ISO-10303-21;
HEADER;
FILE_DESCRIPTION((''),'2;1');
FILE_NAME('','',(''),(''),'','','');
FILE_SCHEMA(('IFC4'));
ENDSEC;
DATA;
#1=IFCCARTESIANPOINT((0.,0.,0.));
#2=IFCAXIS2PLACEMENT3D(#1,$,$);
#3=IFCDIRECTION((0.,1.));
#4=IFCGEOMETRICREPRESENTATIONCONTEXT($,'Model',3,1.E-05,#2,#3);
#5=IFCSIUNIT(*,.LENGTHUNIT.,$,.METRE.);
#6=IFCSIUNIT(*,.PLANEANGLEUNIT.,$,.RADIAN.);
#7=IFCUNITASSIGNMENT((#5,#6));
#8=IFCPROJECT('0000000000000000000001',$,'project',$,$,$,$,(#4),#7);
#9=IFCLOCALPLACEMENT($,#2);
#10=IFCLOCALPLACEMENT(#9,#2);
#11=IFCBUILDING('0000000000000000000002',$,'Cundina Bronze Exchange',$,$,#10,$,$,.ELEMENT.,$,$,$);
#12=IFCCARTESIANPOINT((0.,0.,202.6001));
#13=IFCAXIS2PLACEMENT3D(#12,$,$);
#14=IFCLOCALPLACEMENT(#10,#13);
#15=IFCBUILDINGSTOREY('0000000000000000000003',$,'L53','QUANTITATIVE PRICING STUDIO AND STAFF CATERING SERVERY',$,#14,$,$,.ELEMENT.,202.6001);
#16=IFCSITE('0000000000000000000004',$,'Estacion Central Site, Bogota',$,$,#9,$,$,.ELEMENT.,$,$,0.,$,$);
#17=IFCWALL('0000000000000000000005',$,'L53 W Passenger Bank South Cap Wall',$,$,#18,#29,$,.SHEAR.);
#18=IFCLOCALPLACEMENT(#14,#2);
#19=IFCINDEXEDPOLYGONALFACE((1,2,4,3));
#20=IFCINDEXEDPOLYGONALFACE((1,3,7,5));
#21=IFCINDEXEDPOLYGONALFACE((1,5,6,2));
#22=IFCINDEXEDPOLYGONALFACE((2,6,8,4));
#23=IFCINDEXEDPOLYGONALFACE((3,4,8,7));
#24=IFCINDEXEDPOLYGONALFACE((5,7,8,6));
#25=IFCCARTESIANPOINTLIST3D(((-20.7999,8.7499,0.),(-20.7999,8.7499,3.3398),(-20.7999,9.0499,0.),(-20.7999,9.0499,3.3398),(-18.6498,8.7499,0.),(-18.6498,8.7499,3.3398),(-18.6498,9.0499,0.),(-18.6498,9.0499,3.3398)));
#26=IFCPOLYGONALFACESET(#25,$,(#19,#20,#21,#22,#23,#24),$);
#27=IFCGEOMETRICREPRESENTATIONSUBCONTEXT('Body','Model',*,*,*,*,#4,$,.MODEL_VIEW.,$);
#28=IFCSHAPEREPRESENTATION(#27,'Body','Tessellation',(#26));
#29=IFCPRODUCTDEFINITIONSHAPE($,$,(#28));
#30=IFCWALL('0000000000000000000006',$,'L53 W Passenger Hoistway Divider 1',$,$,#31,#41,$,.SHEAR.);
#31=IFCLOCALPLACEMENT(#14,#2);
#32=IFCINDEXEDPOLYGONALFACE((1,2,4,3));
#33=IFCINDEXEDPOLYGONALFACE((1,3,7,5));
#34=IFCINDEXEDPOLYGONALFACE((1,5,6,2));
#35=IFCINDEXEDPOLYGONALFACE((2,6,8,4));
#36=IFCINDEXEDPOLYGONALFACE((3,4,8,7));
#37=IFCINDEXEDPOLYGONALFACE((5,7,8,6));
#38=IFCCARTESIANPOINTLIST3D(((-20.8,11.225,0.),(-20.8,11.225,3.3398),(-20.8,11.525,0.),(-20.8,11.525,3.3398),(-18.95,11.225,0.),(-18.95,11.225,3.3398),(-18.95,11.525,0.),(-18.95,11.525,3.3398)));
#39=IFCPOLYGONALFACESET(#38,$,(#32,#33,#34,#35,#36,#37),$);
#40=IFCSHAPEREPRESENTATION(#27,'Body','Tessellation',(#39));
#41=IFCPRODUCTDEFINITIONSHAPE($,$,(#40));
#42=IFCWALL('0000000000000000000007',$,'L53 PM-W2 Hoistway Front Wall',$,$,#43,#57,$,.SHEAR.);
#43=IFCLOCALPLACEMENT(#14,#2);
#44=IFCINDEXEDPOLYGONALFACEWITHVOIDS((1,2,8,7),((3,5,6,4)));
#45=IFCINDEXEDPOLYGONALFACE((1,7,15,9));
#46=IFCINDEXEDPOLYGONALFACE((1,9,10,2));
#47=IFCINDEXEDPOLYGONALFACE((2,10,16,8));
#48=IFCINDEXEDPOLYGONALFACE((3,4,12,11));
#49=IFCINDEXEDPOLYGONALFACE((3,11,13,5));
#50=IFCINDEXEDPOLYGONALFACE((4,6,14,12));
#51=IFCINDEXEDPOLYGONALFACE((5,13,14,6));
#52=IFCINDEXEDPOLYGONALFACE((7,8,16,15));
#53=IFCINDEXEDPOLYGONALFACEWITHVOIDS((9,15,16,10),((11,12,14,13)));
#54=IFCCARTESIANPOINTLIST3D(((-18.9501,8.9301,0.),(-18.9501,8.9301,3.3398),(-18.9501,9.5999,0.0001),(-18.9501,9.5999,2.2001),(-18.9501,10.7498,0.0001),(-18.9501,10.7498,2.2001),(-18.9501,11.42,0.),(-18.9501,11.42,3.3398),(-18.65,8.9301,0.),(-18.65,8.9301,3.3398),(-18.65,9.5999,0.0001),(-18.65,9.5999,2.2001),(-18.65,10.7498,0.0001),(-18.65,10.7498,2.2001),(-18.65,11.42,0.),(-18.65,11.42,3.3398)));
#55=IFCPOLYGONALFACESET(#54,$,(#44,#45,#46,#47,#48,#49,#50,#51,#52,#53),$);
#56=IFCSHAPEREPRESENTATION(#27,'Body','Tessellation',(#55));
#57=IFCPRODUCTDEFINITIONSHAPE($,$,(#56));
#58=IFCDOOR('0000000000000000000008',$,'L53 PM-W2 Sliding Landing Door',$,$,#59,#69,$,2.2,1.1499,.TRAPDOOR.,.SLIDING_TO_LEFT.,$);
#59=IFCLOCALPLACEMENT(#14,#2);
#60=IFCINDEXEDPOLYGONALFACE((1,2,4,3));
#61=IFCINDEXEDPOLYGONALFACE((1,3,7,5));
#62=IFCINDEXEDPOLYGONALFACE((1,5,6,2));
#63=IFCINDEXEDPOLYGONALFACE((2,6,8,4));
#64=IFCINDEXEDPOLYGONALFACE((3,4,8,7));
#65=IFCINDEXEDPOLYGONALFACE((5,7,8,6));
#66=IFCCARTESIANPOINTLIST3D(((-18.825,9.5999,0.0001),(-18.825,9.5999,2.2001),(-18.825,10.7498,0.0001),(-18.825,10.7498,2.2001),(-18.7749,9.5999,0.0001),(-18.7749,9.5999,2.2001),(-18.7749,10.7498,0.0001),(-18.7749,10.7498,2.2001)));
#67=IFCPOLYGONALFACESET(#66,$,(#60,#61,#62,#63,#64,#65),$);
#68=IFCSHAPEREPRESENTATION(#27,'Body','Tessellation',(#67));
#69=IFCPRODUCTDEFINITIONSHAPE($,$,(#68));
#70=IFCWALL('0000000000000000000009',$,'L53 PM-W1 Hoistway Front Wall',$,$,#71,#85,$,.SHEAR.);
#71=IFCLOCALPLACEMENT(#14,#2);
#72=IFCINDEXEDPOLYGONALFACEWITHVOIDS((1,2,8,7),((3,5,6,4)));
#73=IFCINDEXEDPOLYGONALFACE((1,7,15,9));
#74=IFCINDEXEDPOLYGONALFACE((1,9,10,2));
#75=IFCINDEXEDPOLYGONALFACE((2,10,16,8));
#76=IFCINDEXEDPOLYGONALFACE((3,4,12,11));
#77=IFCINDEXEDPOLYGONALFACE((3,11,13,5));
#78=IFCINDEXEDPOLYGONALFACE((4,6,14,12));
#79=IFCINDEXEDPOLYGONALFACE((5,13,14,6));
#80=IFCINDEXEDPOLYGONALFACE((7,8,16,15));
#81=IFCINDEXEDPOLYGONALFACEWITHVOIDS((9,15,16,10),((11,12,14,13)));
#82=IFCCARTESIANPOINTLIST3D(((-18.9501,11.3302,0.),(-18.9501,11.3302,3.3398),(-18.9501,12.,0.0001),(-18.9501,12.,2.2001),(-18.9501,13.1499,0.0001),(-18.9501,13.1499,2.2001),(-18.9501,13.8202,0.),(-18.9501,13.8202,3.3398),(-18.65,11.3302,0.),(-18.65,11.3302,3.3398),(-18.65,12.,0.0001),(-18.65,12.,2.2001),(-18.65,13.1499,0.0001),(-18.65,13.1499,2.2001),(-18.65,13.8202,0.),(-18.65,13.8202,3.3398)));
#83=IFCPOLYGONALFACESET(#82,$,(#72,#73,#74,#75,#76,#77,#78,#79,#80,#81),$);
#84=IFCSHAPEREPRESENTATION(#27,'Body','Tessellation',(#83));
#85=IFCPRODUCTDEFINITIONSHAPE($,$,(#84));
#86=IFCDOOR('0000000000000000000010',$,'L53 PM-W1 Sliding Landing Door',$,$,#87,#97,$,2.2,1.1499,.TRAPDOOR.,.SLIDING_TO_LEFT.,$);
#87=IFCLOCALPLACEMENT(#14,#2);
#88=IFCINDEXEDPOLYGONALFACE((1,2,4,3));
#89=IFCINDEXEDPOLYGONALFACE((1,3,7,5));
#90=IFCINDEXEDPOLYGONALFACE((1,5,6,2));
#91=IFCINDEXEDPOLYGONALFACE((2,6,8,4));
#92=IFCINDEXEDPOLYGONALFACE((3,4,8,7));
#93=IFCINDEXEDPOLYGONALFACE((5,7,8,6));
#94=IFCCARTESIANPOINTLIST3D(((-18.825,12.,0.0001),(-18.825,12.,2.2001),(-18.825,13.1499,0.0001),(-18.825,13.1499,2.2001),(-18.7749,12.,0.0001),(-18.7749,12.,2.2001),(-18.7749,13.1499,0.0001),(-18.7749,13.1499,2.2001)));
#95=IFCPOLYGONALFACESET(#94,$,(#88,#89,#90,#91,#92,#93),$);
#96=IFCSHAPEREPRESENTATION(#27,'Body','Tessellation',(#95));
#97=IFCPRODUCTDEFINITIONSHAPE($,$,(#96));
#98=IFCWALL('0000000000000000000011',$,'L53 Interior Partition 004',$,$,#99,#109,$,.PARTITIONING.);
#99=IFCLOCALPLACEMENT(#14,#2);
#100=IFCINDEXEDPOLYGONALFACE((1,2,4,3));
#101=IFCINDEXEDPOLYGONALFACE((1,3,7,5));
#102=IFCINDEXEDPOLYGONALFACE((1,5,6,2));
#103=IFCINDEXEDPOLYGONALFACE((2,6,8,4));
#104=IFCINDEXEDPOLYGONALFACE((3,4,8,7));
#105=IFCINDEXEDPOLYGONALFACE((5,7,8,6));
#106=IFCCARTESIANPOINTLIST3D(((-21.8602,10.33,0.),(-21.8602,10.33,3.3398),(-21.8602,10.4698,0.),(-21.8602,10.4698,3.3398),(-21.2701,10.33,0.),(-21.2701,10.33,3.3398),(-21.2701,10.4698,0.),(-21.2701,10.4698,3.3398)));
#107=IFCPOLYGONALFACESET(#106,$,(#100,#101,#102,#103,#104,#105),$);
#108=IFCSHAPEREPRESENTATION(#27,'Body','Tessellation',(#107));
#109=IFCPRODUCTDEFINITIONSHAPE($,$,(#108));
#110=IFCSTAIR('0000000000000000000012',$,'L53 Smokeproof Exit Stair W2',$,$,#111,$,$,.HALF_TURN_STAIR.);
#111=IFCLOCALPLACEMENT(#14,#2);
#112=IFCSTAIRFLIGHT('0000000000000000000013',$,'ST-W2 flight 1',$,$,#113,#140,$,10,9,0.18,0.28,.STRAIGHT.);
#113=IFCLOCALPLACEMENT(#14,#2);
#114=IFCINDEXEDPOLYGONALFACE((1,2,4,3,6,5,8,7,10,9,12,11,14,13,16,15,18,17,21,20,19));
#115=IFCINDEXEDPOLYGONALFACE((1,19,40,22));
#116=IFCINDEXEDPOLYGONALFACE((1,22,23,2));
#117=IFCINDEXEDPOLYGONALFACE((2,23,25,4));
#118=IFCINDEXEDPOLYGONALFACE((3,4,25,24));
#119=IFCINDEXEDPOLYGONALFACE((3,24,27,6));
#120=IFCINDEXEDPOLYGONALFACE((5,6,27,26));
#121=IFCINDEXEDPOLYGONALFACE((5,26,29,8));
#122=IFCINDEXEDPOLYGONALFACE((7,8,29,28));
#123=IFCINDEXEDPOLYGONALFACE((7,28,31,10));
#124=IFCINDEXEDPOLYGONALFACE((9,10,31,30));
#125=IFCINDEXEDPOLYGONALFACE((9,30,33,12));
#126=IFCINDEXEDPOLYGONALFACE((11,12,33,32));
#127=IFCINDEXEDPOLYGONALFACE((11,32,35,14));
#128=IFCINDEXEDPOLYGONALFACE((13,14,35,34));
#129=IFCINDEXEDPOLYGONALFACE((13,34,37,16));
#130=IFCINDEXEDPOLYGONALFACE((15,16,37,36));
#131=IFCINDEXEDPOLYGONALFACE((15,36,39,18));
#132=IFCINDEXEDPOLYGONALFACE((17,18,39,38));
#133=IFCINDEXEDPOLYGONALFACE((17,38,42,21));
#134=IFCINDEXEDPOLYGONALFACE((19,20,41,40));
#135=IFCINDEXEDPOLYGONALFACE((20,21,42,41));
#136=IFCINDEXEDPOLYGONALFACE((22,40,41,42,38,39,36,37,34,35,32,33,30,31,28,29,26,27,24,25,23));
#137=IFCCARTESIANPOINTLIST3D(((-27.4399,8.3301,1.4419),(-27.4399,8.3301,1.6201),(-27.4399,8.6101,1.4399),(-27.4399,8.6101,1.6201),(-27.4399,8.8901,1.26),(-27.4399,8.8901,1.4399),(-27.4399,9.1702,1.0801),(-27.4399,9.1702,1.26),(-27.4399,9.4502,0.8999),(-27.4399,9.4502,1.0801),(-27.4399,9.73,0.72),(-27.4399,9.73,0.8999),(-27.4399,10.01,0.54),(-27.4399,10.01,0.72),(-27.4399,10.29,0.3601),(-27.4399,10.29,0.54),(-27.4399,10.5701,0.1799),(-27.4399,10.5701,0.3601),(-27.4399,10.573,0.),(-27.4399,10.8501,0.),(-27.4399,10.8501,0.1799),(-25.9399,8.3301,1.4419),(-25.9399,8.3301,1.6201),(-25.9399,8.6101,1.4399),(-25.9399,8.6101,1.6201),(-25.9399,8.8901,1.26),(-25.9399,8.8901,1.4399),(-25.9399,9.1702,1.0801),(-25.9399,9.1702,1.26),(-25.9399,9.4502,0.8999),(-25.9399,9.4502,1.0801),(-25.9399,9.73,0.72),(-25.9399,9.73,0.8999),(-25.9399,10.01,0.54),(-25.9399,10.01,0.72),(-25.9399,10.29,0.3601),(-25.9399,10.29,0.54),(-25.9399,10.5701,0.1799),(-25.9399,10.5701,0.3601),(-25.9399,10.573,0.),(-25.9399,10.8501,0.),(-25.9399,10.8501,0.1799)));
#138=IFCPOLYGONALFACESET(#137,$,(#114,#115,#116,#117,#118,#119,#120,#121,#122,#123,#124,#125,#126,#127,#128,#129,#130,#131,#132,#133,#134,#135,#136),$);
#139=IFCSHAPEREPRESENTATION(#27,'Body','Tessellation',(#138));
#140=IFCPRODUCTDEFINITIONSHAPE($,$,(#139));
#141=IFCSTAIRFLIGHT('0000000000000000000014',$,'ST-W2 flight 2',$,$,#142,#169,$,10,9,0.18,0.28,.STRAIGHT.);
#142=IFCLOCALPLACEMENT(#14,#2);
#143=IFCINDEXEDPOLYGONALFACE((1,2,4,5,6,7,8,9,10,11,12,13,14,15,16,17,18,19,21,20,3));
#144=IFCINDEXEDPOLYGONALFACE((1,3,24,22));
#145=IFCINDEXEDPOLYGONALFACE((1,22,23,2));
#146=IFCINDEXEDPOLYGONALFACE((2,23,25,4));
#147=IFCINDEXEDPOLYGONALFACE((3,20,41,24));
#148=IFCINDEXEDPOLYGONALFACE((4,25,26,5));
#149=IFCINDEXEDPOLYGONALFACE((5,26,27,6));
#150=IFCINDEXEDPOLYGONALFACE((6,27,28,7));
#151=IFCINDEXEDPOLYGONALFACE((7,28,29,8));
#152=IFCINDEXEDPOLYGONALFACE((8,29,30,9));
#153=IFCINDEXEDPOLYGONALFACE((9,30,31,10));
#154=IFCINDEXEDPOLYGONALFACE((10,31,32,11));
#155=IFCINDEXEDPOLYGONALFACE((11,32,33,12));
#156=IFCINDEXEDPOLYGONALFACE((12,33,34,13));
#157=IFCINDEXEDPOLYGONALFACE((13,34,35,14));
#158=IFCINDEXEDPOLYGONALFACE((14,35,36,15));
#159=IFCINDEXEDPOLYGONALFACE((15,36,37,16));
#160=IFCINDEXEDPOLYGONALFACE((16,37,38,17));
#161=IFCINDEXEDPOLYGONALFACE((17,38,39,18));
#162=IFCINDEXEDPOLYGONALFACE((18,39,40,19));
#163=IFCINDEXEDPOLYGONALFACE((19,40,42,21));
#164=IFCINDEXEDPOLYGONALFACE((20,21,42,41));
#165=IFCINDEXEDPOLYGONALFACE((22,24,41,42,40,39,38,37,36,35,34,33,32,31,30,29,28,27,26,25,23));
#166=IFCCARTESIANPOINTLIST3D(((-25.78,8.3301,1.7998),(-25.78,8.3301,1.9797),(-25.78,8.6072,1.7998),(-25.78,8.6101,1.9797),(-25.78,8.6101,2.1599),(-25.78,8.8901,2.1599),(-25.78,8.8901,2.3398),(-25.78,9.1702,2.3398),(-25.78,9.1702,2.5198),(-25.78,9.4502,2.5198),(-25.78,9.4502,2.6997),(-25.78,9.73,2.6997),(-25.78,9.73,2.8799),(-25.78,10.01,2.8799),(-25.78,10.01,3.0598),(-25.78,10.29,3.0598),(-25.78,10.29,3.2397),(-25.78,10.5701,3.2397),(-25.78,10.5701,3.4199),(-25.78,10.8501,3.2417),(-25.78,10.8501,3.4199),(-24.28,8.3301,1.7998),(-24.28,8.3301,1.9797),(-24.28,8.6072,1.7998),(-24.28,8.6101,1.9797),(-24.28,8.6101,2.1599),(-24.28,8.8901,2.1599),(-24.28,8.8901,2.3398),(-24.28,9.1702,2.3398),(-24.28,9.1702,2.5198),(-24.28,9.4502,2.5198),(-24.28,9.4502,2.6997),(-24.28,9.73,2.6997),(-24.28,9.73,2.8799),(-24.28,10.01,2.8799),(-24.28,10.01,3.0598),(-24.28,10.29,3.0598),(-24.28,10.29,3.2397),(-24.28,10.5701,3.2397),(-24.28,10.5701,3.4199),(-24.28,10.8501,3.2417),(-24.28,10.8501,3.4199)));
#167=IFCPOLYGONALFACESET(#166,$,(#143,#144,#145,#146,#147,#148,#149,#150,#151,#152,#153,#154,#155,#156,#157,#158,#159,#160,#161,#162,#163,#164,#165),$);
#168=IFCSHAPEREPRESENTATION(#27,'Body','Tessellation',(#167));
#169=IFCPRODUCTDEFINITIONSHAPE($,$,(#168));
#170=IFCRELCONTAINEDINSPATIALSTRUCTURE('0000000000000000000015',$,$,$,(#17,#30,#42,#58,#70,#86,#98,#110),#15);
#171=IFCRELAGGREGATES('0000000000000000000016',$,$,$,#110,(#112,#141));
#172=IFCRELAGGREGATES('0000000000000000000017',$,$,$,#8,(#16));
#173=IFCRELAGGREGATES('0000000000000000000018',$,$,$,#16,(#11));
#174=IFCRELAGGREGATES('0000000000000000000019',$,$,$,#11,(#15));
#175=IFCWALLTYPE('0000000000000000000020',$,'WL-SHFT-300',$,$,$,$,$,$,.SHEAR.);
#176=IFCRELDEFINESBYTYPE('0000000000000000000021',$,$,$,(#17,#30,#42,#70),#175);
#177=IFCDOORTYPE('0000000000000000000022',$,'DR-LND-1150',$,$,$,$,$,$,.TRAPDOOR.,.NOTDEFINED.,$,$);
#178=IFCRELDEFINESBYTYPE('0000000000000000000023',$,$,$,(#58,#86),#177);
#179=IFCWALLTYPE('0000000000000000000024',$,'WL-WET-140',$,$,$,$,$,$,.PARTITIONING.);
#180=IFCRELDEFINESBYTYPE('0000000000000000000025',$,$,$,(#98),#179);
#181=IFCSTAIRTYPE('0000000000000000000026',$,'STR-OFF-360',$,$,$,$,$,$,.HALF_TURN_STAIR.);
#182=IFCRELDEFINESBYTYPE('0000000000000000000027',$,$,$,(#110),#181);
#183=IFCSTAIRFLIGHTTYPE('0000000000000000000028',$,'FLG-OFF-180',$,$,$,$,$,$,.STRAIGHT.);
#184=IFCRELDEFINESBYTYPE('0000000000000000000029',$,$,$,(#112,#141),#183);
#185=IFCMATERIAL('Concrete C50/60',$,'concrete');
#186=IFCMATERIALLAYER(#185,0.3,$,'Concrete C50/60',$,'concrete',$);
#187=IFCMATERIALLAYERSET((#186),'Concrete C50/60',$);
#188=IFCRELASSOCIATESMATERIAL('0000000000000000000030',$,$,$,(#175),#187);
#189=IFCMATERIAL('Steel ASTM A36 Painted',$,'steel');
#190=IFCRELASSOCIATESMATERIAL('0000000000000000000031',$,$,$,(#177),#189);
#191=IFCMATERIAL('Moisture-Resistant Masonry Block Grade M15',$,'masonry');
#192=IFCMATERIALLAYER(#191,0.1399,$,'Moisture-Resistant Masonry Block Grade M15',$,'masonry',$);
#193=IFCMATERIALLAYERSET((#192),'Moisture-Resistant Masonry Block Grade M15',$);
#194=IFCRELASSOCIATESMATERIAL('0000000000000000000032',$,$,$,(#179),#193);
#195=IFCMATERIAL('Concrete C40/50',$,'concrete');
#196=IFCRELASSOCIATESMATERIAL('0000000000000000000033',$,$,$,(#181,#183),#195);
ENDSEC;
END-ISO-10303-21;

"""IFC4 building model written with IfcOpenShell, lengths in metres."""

from ifc_helpers import new_model, si_unit, direction, frame, frame_2d, origin, place, context, subcontext, project, spatial, polyline, rectangle, outline, extrude, material, layer, layer_set, type_object, element, fill, aggregate, save


model = new_model("IFC4")

# Units and contexts
model_context = context("Model", 3, precision=1e-05, world=origin(), true_north=direction((0.0, 1.0)))
body_context = subcontext(model_context, "Body", "Model", "MODEL_VIEW")
ifc_project = project(units=[si_unit("LENGTHUNIT", "METRE"), si_unit("PLANEANGLEUNIT", "RADIAN")], contexts=[model_context])

# Site, building, storey
site_placement = place(None, origin())
site = spatial("IfcSite", under=ifc_project, at=site_placement, Name="Estacion Central Site, Bogota", CompositionType="ELEMENT", RefElevation=0.0)
building_placement = place(site_placement, origin())
building = spatial("IfcBuilding", under=site, at=building_placement, Name="Cundina Bronze Exchange", CompositionType="ELEMENT")
storey_placement = place(building_placement, frame((0.0, 0.0, 202.6001)))
storey = spatial("IfcBuildingStorey", under=building, at=storey_placement, Name="L53", Description="QUANTITATIVE PRICING STUDIO AND STAFF CATERING SERVERY", CompositionType="ELEMENT", Elevation=202.6001)

# Shared definitions
ifc_material_1 = material(Name="Concrete C50/60", Category="concrete")

# Shared definitions
ifc_layer_1 = layer(ifc_material_1, 0.3, Name="Concrete C50/60", Category="concrete")
ifc_layer_set_1 = layer_set([ifc_layer_1], Name="Concrete C50/60")
wall_type_1 = type_object("IfcWallType", Name="WL-SHFT-300", PredefinedType="SHEAR", material=ifc_layer_set_1)
ifc_material_2 = material(Name="Steel ASTM A36 Painted", Category="steel")
door_type_1 = type_object("IfcDoorType", Name="DR-LND-1150", OperationType="NOTDEFINED", PredefinedType="TRAPDOOR", material=ifc_material_2)

# Walls
wall_1_placement = place(storey_placement, frame((-20.8, 8.8999, 0.0), z_axis=(0.0, 0.0, 1.0), x_axis=(1.0, 0.0, 0.0)))
element("IfcWall", 1, at=wall_1_placement, inside=storey, type_object=wall_type_1, Name="L53 W Passenger Bank South Cap Wall", PredefinedType="SHEAR", context=body_context, shape_type="SweptSolid", body=[
    extrude(rectangle(XDim=2.1501, YDim=0.3, at=frame_2d((1.0752, 0.0))), origin(), (0.0, 0.0, 1.0), 3.3398),
])
wall_2_placement = place(storey_placement, frame((-20.8, 11.375, 0.0), z_axis=(0.0, 0.0, 1.0), x_axis=(1.0, 0.0, 0.0)))
element("IfcWall", 2, at=wall_2_placement, inside=storey, type_object=wall_type_1, Name="L53 W Passenger Hoistway Divider 1", PredefinedType="SHEAR", context=body_context, shape_type="SweptSolid", body=[
    extrude(rectangle(XDim=1.8501, YDim=0.3, at=frame_2d((0.925, 0.0))), origin(), (0.0, 0.0, 1.0), 3.3398),
])

# Walls, openings, doors
wall_3_placement = place(storey_placement, frame((-18.8, 8.9299, 0.0), z_axis=(0.0, 0.0, 1.0), x_axis=(0.0, 1.0, 0.0)))
wall_3 = element("IfcWall", 3, at=wall_3_placement, inside=storey, type_object=wall_type_1, Name="L53 PM-W2 Hoistway Front Wall", PredefinedType="SHEAR", context=body_context, shape_type="SweptSolid", body=[
    extrude(rectangle(XDim=2.49, YDim=0.3, at=frame_2d((1.2451, 0.0))), origin(), (0.0, 0.0, 1.0), 3.3398),
])
opening_1_placement = place(wall_3_placement, frame((0.6699, 0.0, 0.0)))
opening_1 = element("IfcOpeningElement", 4, at=opening_1_placement, cuts=wall_3, PredefinedType="OPENING", context=body_context, shape_type="SweptSolid", body=[
    extrude(rectangle(XDim=1.1499, YDim=2.2, at=frame_2d((0.575, 1.1001))), frame((0.0, 0.1599, 0.0), z_axis=(0.0, -1.0, 0.0), x_axis=(1.0, 0.0, 0.0)), (0.0, 0.0, 1.0), 0.3201),
])
door_1_placement = place(opening_1_placement, origin())
door_1 = element("IfcDoor", 5, at=door_1_placement, inside=storey, type_object=door_type_1, Name="L53 PM-W2 Sliding Landing Door", OperationType="SLIDING_TO_LEFT", OverallHeight=2.2, OverallWidth=1.1499, PredefinedType="TRAPDOOR", context=body_context, shape_type="SweptSolid", body=[
    extrude(rectangle(XDim=1.1499, YDim=2.2, at=frame_2d((0.575, 1.1001))), frame((0.0, 0.0249, 0.0), z_axis=(0.0, -1.0, 0.0), x_axis=(1.0, 0.0, 0.0)), (0.0, 0.0, 1.0), 0.05),
])
fill(opening_1, door_1)
wall_4_placement = place(storey_placement, frame((-18.8, 11.3301, 0.0), z_axis=(0.0, 0.0, 1.0), x_axis=(0.0, 1.0, 0.0)))
wall_4 = element("IfcWall", 6, at=wall_4_placement, inside=storey, type_object=wall_type_1, Name="L53 PM-W1 Hoistway Front Wall", PredefinedType="SHEAR", context=body_context, shape_type="SweptSolid", body=[
    extrude(rectangle(XDim=2.49, YDim=0.3, at=frame_2d((1.2451, 0.0))), origin(), (0.0, 0.0, 1.0), 3.3398),
])
opening_2_placement = place(wall_4_placement, frame((0.6699, 0.0, 0.0)))
opening_2 = element("IfcOpeningElement", 7, at=opening_2_placement, cuts=wall_4, PredefinedType="OPENING", context=body_context, shape_type="SweptSolid", body=[
    extrude(rectangle(XDim=1.1499, YDim=2.2, at=frame_2d((0.575, 1.1001))), frame((0.0, 0.1599, 0.0), z_axis=(0.0, -1.0, 0.0), x_axis=(1.0, 0.0, 0.0)), (0.0, 0.0, 1.0), 0.3201),
])
door_2_placement = place(opening_2_placement, origin())
door_2 = element("IfcDoor", 8, at=door_2_placement, inside=storey, type_object=door_type_1, Name="L53 PM-W1 Sliding Landing Door", OperationType="SLIDING_TO_LEFT", OverallHeight=2.2, OverallWidth=1.1499, PredefinedType="TRAPDOOR", context=body_context, shape_type="SweptSolid", body=[
    extrude(rectangle(XDim=1.1499, YDim=2.2, at=frame_2d((0.575, 1.1001))), frame((0.0, 0.0249, 0.0), z_axis=(0.0, -1.0, 0.0), x_axis=(1.0, 0.0, 0.0)), (0.0, 0.0, 1.0), 0.05),
])
fill(opening_2, door_2)

# Wall
ifc_material_3 = material(Name="Moisture-Resistant Masonry Block Grade M15", Category="masonry")
ifc_layer_2 = layer(ifc_material_3, 0.1399, Name="Moisture-Resistant Masonry Block Grade M15", Category="masonry")
ifc_layer_set_2 = layer_set([ifc_layer_2], Name="Moisture-Resistant Masonry Block Grade M15")
wall_type_2 = type_object("IfcWallType", Name="WL-WET-140", PredefinedType="PARTITIONING", material=ifc_layer_set_2)
wall_5_placement = place(storey_placement, frame((-21.8601, 10.3999, 0.0), z_axis=(0.0, 0.0, 1.0), x_axis=(1.0, 0.0, 0.0)))
element("IfcWall", 9, at=wall_5_placement, inside=storey, type_object=wall_type_2, Name="L53 Interior Partition 004", PredefinedType="PARTITIONING", context=body_context, shape_type="SweptSolid", body=[
    extrude(rectangle(XDim=0.5901, YDim=0.1399, at=frame_2d((0.2949, 0.0))), origin(), (0.0, 0.0, 1.0), 3.3398),
])

# Stair, stair flights
ifc_material_4 = material(Name="Concrete C40/50", Category="concrete")
stair_type = type_object("IfcStairType", Name="STR-OFF-360", PredefinedType="HALF_TURN_STAIR", material=ifc_material_4)
stair_placement = place(storey_placement, origin())
stair = element("IfcStair", 10, at=stair_placement, inside=storey, type_object=stair_type, Name="L53 Smokeproof Exit Stair W2", PredefinedType="HALF_TURN_STAIR")
stair_flight_type = type_object("IfcStairFlightType", Name="FLG-OFF-180", PredefinedType="STRAIGHT", material=ifc_material_4)
stair_flight_1_placement = place(storey_placement, frame((-26.6899, 10.8501, 0.0), z_axis=(0.0, 0.0, 1.0), x_axis=(0.0, -1.0, 0.0)))
stair_flight_1 = element("IfcStairFlight", 11, at=stair_flight_1_placement, type_object=stair_flight_type, Name="ST-W2 flight 1", NumberOfRisers=10, NumberOfTreads=9, PredefinedType="STRAIGHT", RiserHeight=0.18, TreadLength=0.28, context=body_context, shape_type="SweptSolid", body=[
    extrude(outline(polyline([(0.0, 0.0), (0.0, 0.1799), (0.28, 0.1799), (0.28, 0.3601), (0.5601, 0.3601), (0.5601, 0.54), (0.8401, 0.54), (0.8401, 0.72), (1.1201, 0.72), (1.1201, 0.8999), (1.3999, 0.8999), (1.3999, 1.0801), (1.6799, 1.0801), (1.6799, 1.26), (1.96, 1.26), (1.96, 1.4399), (2.24, 1.4399), (2.24, 1.6201), (2.52, 1.6201), (2.52, 1.8), (2.52, 1.4419), (0.2771, 0.0), (0.0, 0.0)])), frame((0.0, 0.75, 0.0), z_axis=(0.0, -1.0, 0.0), x_axis=(1.0, 0.0, 0.0)), (0.0, 0.0, 1.0), 1.5),
])
stair_flight_2_placement = place(storey_placement, frame((-25.03, 8.3301, 1.7998), z_axis=(0.0, 0.0, 1.0), x_axis=(0.0, 1.0, 0.0)))
stair_flight_2 = element("IfcStairFlight", 12, at=stair_flight_2_placement, type_object=stair_flight_type, Name="ST-W2 flight 2", NumberOfRisers=10, NumberOfTreads=9, PredefinedType="STRAIGHT", RiserHeight=0.18, TreadLength=0.28, context=body_context, shape_type="SweptSolid", body=[
    extrude(outline(polyline([(0.0, 0.0), (0.0, 0.1799), (0.28, 0.1799), (0.28, 0.3601), (0.5601, 0.3601), (0.5601, 0.54), (0.8401, 0.54), (0.8401, 0.72), (1.1201, 0.72), (1.1201, 0.8999), (1.3999, 0.8999), (1.3999, 1.0801), (1.6799, 1.0801), (1.6799, 1.26), (1.96, 1.26), (1.96, 1.4399), (2.24, 1.4399), (2.24, 1.6201), (2.52, 1.6201), (2.52, 1.8), (2.52, 1.4419), (0.2771, 0.0), (0.0, 0.0)])), frame((0.0, 0.75, 0.0), z_axis=(0.0, -1.0, 0.0), x_axis=(1.0, 0.0, 0.0)), (0.0, 0.0, 1.0), 1.5),
])
aggregate(stair, [stair_flight_1, stair_flight_2])

save(model, "model.ifc")
